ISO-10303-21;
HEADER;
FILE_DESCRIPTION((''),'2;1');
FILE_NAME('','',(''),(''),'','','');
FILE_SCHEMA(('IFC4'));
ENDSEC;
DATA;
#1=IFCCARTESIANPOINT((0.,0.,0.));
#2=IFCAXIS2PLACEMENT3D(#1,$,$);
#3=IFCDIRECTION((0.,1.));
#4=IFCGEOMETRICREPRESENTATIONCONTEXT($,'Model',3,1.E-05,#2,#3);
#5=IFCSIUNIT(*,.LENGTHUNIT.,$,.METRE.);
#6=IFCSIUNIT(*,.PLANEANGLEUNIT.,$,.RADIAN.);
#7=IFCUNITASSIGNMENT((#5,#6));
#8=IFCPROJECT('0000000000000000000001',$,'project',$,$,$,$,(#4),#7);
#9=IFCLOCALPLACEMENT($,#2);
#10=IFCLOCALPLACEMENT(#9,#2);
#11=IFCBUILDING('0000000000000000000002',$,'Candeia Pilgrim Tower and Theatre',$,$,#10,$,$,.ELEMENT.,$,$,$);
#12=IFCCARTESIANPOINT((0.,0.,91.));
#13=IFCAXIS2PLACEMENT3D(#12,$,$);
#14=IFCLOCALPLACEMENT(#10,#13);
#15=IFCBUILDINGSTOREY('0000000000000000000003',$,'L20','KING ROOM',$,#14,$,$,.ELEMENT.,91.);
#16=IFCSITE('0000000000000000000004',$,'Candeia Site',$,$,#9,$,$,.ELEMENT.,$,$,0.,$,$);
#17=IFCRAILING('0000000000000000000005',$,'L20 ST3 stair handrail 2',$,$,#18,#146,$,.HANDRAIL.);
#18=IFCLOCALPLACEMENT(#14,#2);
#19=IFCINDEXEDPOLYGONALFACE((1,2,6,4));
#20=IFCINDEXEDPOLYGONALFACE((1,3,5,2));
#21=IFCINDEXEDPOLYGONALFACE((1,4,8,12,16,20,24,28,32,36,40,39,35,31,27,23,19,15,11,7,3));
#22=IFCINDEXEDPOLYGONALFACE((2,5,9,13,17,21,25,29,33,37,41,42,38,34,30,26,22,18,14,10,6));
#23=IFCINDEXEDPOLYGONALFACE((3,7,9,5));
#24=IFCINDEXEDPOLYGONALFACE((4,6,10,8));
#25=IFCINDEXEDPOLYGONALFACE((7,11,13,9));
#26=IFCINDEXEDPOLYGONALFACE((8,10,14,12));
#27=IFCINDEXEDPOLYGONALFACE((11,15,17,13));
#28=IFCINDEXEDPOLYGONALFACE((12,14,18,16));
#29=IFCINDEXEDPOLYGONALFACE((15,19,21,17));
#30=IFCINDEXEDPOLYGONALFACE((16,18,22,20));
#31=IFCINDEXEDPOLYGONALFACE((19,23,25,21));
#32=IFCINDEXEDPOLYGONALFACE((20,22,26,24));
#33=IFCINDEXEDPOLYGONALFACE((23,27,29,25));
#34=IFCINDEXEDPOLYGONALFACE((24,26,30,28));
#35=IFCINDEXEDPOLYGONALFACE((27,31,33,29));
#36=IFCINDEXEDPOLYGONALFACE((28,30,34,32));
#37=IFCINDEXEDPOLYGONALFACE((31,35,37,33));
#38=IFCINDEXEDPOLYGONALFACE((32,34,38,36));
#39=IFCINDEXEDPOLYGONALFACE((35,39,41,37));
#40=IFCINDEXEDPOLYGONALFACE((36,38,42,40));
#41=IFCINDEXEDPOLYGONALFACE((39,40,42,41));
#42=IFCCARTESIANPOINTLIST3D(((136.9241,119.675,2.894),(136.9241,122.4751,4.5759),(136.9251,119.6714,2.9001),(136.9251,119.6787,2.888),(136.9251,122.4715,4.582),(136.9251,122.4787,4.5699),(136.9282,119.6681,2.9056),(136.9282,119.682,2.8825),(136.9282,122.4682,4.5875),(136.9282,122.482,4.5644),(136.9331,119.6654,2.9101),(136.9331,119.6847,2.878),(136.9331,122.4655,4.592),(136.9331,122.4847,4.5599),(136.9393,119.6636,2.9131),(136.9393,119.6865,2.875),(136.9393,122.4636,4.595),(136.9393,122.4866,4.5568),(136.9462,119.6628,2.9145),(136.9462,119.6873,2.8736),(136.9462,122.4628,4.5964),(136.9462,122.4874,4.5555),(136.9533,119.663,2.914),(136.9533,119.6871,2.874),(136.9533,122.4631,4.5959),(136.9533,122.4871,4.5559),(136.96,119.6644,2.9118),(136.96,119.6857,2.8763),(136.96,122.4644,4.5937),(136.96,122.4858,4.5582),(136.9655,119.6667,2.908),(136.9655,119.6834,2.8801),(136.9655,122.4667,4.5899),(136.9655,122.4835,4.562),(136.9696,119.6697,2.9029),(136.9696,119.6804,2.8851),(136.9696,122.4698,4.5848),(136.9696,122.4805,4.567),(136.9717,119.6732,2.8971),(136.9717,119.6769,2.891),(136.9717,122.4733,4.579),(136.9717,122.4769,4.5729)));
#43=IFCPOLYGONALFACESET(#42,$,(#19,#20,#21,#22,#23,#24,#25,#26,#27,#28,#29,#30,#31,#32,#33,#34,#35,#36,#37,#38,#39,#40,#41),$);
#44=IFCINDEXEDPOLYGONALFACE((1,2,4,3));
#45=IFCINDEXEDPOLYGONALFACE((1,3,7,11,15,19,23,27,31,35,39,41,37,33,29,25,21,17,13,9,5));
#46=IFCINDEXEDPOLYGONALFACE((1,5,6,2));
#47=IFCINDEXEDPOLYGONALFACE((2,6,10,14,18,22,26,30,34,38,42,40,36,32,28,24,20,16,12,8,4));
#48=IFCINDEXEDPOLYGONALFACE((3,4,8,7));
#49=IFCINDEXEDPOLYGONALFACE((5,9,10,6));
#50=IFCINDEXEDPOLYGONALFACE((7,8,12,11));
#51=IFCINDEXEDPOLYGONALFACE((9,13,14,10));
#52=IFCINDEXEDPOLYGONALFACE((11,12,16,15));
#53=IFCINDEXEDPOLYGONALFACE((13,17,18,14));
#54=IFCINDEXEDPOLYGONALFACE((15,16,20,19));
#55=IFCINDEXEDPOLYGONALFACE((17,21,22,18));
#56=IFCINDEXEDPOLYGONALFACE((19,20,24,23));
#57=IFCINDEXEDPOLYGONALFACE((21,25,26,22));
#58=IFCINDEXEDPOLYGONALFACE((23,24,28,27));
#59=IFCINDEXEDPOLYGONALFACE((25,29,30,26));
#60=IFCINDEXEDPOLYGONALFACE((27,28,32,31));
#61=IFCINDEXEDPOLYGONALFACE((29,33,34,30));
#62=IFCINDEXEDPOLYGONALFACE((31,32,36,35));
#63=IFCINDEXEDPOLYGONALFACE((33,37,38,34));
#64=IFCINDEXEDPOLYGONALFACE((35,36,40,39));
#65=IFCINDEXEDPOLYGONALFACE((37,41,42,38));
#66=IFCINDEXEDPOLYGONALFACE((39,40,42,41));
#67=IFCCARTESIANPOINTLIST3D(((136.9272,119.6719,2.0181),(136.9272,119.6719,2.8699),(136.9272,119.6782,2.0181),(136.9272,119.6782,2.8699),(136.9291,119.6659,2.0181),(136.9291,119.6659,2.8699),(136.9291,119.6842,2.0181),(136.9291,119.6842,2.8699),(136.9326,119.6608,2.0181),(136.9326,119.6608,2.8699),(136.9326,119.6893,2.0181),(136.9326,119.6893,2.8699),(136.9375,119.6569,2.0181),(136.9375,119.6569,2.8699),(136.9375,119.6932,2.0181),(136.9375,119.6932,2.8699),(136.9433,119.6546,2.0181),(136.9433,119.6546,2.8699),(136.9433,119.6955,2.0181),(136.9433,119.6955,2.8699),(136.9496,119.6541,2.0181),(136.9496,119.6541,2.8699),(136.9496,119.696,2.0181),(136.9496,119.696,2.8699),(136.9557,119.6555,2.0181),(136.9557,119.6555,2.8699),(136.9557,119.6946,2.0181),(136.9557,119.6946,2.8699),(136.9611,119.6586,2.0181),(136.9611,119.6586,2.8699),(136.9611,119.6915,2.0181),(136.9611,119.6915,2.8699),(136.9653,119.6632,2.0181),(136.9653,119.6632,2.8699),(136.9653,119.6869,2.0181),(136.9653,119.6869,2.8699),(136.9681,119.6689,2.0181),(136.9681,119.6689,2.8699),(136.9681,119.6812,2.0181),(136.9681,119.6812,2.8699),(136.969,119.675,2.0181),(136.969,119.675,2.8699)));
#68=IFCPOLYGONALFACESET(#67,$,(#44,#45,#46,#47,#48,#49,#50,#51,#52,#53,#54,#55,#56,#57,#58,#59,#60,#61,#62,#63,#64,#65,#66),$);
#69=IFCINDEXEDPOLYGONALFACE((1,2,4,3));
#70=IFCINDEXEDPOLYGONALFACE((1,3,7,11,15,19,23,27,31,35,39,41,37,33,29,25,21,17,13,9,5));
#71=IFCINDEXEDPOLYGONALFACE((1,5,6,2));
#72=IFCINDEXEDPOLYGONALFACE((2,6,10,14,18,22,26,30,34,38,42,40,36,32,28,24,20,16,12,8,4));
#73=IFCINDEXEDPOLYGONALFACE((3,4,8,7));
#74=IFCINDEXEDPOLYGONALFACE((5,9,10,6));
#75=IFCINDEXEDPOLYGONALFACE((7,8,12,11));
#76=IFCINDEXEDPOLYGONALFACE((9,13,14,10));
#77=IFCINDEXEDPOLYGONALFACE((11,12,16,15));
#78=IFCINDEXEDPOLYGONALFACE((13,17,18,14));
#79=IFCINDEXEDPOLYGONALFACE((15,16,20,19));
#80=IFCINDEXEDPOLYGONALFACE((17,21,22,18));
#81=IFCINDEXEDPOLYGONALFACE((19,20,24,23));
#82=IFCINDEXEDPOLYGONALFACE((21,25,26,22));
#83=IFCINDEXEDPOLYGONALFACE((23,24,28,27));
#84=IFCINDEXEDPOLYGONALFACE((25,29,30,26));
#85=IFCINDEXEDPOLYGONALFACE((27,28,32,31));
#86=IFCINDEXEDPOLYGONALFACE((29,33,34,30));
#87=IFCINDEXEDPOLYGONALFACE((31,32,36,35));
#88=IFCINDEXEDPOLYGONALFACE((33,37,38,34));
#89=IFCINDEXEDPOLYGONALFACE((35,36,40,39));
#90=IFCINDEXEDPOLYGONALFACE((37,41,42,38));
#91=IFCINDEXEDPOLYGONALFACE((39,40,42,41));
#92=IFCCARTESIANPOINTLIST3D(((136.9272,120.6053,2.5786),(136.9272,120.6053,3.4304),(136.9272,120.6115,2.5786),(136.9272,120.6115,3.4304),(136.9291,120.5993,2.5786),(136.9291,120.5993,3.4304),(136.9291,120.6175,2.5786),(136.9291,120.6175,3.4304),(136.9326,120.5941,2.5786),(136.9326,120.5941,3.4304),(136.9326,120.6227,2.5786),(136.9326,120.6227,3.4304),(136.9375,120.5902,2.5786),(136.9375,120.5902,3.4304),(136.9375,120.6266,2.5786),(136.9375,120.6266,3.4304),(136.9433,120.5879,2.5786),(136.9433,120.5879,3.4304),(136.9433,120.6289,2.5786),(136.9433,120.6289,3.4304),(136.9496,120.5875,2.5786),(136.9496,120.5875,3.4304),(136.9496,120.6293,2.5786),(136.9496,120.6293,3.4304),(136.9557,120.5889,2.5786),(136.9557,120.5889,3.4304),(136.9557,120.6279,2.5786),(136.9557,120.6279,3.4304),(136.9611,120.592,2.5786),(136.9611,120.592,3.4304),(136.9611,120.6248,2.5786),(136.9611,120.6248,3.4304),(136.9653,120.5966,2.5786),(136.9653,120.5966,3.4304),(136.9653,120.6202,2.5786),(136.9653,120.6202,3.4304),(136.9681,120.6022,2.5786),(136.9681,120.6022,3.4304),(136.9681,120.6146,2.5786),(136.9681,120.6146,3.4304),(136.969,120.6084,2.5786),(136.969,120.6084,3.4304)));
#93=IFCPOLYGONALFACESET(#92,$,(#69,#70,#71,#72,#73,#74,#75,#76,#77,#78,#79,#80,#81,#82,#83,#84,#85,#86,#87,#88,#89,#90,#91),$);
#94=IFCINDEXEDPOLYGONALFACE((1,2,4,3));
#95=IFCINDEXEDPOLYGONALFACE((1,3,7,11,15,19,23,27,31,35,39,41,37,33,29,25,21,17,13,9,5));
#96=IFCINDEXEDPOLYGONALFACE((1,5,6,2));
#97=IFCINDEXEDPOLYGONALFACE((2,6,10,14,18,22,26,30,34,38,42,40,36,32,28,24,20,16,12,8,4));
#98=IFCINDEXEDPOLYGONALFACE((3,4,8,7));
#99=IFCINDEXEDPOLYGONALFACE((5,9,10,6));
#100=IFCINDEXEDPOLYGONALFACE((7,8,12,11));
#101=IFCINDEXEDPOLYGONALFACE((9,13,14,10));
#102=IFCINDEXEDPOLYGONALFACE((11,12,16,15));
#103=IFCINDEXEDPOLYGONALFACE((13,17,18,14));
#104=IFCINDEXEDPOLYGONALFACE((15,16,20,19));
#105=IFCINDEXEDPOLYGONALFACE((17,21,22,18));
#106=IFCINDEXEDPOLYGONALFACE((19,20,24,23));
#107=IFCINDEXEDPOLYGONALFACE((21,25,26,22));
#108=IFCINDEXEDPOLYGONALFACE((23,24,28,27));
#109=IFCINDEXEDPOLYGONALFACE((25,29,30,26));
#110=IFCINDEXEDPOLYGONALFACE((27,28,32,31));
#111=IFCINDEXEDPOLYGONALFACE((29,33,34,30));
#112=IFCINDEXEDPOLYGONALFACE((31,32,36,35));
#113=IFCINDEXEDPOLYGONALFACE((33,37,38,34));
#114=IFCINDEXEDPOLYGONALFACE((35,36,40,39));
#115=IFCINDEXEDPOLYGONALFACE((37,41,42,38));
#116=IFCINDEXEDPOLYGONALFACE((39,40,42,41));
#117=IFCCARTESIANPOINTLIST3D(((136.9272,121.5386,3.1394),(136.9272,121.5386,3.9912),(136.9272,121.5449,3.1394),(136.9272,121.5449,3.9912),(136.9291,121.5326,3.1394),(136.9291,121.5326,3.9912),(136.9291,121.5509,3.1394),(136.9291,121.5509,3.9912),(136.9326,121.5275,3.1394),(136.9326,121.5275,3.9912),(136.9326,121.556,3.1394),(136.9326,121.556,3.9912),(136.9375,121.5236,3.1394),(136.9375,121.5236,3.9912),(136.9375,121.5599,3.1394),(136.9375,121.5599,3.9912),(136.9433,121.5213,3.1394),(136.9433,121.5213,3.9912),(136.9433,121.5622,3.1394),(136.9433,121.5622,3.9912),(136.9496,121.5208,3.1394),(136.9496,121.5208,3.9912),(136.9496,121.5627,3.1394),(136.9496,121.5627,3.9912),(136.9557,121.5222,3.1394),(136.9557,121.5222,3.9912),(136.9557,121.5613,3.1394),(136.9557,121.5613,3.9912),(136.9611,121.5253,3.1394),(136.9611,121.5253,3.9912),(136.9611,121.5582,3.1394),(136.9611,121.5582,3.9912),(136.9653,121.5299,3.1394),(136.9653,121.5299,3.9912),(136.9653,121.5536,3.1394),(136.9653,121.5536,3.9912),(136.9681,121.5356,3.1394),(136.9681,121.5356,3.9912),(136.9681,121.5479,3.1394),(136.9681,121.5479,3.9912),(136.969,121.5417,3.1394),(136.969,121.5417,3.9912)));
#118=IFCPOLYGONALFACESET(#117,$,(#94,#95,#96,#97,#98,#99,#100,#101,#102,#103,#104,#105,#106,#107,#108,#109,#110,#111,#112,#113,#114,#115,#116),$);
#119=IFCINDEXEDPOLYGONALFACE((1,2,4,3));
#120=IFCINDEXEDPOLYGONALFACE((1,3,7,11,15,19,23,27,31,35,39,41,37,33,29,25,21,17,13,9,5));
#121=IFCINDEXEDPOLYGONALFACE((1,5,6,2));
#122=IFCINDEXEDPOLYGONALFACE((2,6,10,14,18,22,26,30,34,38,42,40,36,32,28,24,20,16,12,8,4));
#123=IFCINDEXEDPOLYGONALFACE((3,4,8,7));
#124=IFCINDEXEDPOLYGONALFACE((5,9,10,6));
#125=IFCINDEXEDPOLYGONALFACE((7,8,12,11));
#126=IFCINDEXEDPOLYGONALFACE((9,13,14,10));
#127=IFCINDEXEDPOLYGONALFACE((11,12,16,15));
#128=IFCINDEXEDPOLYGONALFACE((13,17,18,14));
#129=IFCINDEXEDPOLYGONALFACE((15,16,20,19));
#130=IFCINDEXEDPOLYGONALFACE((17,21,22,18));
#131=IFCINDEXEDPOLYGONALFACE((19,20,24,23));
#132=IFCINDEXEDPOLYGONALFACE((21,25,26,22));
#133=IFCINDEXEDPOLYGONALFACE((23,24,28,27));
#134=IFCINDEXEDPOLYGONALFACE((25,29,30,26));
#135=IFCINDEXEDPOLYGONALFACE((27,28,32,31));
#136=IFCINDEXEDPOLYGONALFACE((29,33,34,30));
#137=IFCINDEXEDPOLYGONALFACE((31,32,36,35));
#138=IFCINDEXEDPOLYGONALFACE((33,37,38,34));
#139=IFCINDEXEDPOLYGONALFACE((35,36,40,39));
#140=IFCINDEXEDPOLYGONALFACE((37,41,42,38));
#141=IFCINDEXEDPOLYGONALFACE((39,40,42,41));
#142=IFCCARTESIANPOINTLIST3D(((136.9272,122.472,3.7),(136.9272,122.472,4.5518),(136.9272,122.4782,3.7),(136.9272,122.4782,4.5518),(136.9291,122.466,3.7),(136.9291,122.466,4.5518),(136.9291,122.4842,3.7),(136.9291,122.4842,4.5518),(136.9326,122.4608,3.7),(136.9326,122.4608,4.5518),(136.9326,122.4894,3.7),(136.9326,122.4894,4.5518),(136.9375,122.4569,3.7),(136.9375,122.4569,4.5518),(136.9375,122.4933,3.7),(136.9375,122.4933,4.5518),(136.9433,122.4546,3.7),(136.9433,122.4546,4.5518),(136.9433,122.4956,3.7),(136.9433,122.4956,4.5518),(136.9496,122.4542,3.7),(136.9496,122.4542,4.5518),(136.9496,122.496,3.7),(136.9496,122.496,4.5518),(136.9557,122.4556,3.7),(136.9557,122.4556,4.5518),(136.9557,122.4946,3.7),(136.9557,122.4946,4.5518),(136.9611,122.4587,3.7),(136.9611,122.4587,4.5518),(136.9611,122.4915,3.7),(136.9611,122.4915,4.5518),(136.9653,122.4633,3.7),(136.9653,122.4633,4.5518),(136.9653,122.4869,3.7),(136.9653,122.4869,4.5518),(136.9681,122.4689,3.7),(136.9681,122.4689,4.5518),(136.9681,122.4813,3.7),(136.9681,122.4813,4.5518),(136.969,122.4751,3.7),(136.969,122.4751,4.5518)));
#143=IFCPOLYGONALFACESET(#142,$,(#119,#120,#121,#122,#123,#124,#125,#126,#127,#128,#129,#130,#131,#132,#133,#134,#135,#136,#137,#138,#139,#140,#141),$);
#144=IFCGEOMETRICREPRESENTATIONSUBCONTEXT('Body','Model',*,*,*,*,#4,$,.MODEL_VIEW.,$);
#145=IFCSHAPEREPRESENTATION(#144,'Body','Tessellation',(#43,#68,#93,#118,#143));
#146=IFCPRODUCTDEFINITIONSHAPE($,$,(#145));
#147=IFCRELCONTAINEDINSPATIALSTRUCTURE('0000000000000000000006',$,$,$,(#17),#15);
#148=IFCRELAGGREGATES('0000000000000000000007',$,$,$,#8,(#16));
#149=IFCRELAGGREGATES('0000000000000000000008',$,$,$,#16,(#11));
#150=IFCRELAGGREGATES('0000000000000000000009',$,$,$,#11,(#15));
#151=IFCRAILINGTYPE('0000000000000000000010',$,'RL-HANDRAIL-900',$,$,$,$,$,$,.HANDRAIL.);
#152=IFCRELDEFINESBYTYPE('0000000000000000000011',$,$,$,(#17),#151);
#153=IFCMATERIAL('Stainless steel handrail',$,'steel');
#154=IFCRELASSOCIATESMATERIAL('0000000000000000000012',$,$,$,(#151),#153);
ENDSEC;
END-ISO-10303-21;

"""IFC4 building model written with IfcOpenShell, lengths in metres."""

from ifc_helpers import new_model, si_unit, direction, frame, origin, origin_2d, place, context, subcontext, project, spatial, circle, extrude, material, type_object, element, save


model = new_model("IFC4")

# Units and contexts
model_context = context("Model", 3, precision=1e-05, world=origin(), true_north=direction((0.0, 1.0)))
body_context = subcontext(model_context, "Body", "Model", "MODEL_VIEW")
ifc_project = project(units=[si_unit("LENGTHUNIT", "METRE"), si_unit("PLANEANGLEUNIT", "RADIAN")], contexts=[model_context])

# Site, building, storey
site_placement = place(None, origin())
site = spatial("IfcSite", under=ifc_project, at=site_placement, Name="Candeia Site", CompositionType="ELEMENT", RefElevation=0.0)
building_placement = place(site_placement, origin())
building = spatial("IfcBuilding", under=site, at=building_placement, Name="Candeia Pilgrim Tower and Theatre", CompositionType="ELEMENT")
storey_placement = place(building_placement, frame((0.0, 0.0, 91.0)))
storey = spatial("IfcBuildingStorey", under=building, at=storey_placement, Name="L20", Description="KING ROOM", CompositionType="ELEMENT", Elevation=91.0)

# Railing
ifc_material_1 = material(Name="Stainless steel handrail", Category="steel")
railing_type_1 = type_object("IfcRailingType", Name="RL-HANDRAIL-900", PredefinedType="HANDRAIL", material=ifc_material_1)
railing_1_placement = place(storey_placement, frame((136.948, 119.675, 2.0181)))
element("IfcRailing", 1, at=railing_1_placement, inside=storey, type_object=railing_type_1, Name="L20 ST3 stair handrail 2", PredefinedType="HANDRAIL", context=body_context, shape_type="SweptSolid", body=[
    extrude(circle(Radius=0.0239, at=origin_2d()), frame((0.0, 0.0, 0.876), z_axis=(0.0, 0.857242, 0.514913), x_axis=(-1.0, 0.0, 0.0)), (0.0, 0.0, 1.0), 3.2664),
    extrude(circle(Radius=0.021, at=origin_2d()), origin(), (0.0, 0.0, 1.0), 0.8518),
    extrude(circle(Radius=0.021, at=origin_2d()), frame((0.0, 0.9333, 0.5605)), (0.0, 0.0, 1.0), 0.8518),
    extrude(circle(Radius=0.021, at=origin_2d()), frame((0.0, 1.8667, 1.1213)), (0.0, 0.0, 1.0), 0.8518),
    extrude(circle(Radius=0.021, at=origin_2d()), frame((0.0, 2.8, 1.6819)), (0.0, 0.0, 1.0), 0.8518),
])

save(model, "model.ifc")
